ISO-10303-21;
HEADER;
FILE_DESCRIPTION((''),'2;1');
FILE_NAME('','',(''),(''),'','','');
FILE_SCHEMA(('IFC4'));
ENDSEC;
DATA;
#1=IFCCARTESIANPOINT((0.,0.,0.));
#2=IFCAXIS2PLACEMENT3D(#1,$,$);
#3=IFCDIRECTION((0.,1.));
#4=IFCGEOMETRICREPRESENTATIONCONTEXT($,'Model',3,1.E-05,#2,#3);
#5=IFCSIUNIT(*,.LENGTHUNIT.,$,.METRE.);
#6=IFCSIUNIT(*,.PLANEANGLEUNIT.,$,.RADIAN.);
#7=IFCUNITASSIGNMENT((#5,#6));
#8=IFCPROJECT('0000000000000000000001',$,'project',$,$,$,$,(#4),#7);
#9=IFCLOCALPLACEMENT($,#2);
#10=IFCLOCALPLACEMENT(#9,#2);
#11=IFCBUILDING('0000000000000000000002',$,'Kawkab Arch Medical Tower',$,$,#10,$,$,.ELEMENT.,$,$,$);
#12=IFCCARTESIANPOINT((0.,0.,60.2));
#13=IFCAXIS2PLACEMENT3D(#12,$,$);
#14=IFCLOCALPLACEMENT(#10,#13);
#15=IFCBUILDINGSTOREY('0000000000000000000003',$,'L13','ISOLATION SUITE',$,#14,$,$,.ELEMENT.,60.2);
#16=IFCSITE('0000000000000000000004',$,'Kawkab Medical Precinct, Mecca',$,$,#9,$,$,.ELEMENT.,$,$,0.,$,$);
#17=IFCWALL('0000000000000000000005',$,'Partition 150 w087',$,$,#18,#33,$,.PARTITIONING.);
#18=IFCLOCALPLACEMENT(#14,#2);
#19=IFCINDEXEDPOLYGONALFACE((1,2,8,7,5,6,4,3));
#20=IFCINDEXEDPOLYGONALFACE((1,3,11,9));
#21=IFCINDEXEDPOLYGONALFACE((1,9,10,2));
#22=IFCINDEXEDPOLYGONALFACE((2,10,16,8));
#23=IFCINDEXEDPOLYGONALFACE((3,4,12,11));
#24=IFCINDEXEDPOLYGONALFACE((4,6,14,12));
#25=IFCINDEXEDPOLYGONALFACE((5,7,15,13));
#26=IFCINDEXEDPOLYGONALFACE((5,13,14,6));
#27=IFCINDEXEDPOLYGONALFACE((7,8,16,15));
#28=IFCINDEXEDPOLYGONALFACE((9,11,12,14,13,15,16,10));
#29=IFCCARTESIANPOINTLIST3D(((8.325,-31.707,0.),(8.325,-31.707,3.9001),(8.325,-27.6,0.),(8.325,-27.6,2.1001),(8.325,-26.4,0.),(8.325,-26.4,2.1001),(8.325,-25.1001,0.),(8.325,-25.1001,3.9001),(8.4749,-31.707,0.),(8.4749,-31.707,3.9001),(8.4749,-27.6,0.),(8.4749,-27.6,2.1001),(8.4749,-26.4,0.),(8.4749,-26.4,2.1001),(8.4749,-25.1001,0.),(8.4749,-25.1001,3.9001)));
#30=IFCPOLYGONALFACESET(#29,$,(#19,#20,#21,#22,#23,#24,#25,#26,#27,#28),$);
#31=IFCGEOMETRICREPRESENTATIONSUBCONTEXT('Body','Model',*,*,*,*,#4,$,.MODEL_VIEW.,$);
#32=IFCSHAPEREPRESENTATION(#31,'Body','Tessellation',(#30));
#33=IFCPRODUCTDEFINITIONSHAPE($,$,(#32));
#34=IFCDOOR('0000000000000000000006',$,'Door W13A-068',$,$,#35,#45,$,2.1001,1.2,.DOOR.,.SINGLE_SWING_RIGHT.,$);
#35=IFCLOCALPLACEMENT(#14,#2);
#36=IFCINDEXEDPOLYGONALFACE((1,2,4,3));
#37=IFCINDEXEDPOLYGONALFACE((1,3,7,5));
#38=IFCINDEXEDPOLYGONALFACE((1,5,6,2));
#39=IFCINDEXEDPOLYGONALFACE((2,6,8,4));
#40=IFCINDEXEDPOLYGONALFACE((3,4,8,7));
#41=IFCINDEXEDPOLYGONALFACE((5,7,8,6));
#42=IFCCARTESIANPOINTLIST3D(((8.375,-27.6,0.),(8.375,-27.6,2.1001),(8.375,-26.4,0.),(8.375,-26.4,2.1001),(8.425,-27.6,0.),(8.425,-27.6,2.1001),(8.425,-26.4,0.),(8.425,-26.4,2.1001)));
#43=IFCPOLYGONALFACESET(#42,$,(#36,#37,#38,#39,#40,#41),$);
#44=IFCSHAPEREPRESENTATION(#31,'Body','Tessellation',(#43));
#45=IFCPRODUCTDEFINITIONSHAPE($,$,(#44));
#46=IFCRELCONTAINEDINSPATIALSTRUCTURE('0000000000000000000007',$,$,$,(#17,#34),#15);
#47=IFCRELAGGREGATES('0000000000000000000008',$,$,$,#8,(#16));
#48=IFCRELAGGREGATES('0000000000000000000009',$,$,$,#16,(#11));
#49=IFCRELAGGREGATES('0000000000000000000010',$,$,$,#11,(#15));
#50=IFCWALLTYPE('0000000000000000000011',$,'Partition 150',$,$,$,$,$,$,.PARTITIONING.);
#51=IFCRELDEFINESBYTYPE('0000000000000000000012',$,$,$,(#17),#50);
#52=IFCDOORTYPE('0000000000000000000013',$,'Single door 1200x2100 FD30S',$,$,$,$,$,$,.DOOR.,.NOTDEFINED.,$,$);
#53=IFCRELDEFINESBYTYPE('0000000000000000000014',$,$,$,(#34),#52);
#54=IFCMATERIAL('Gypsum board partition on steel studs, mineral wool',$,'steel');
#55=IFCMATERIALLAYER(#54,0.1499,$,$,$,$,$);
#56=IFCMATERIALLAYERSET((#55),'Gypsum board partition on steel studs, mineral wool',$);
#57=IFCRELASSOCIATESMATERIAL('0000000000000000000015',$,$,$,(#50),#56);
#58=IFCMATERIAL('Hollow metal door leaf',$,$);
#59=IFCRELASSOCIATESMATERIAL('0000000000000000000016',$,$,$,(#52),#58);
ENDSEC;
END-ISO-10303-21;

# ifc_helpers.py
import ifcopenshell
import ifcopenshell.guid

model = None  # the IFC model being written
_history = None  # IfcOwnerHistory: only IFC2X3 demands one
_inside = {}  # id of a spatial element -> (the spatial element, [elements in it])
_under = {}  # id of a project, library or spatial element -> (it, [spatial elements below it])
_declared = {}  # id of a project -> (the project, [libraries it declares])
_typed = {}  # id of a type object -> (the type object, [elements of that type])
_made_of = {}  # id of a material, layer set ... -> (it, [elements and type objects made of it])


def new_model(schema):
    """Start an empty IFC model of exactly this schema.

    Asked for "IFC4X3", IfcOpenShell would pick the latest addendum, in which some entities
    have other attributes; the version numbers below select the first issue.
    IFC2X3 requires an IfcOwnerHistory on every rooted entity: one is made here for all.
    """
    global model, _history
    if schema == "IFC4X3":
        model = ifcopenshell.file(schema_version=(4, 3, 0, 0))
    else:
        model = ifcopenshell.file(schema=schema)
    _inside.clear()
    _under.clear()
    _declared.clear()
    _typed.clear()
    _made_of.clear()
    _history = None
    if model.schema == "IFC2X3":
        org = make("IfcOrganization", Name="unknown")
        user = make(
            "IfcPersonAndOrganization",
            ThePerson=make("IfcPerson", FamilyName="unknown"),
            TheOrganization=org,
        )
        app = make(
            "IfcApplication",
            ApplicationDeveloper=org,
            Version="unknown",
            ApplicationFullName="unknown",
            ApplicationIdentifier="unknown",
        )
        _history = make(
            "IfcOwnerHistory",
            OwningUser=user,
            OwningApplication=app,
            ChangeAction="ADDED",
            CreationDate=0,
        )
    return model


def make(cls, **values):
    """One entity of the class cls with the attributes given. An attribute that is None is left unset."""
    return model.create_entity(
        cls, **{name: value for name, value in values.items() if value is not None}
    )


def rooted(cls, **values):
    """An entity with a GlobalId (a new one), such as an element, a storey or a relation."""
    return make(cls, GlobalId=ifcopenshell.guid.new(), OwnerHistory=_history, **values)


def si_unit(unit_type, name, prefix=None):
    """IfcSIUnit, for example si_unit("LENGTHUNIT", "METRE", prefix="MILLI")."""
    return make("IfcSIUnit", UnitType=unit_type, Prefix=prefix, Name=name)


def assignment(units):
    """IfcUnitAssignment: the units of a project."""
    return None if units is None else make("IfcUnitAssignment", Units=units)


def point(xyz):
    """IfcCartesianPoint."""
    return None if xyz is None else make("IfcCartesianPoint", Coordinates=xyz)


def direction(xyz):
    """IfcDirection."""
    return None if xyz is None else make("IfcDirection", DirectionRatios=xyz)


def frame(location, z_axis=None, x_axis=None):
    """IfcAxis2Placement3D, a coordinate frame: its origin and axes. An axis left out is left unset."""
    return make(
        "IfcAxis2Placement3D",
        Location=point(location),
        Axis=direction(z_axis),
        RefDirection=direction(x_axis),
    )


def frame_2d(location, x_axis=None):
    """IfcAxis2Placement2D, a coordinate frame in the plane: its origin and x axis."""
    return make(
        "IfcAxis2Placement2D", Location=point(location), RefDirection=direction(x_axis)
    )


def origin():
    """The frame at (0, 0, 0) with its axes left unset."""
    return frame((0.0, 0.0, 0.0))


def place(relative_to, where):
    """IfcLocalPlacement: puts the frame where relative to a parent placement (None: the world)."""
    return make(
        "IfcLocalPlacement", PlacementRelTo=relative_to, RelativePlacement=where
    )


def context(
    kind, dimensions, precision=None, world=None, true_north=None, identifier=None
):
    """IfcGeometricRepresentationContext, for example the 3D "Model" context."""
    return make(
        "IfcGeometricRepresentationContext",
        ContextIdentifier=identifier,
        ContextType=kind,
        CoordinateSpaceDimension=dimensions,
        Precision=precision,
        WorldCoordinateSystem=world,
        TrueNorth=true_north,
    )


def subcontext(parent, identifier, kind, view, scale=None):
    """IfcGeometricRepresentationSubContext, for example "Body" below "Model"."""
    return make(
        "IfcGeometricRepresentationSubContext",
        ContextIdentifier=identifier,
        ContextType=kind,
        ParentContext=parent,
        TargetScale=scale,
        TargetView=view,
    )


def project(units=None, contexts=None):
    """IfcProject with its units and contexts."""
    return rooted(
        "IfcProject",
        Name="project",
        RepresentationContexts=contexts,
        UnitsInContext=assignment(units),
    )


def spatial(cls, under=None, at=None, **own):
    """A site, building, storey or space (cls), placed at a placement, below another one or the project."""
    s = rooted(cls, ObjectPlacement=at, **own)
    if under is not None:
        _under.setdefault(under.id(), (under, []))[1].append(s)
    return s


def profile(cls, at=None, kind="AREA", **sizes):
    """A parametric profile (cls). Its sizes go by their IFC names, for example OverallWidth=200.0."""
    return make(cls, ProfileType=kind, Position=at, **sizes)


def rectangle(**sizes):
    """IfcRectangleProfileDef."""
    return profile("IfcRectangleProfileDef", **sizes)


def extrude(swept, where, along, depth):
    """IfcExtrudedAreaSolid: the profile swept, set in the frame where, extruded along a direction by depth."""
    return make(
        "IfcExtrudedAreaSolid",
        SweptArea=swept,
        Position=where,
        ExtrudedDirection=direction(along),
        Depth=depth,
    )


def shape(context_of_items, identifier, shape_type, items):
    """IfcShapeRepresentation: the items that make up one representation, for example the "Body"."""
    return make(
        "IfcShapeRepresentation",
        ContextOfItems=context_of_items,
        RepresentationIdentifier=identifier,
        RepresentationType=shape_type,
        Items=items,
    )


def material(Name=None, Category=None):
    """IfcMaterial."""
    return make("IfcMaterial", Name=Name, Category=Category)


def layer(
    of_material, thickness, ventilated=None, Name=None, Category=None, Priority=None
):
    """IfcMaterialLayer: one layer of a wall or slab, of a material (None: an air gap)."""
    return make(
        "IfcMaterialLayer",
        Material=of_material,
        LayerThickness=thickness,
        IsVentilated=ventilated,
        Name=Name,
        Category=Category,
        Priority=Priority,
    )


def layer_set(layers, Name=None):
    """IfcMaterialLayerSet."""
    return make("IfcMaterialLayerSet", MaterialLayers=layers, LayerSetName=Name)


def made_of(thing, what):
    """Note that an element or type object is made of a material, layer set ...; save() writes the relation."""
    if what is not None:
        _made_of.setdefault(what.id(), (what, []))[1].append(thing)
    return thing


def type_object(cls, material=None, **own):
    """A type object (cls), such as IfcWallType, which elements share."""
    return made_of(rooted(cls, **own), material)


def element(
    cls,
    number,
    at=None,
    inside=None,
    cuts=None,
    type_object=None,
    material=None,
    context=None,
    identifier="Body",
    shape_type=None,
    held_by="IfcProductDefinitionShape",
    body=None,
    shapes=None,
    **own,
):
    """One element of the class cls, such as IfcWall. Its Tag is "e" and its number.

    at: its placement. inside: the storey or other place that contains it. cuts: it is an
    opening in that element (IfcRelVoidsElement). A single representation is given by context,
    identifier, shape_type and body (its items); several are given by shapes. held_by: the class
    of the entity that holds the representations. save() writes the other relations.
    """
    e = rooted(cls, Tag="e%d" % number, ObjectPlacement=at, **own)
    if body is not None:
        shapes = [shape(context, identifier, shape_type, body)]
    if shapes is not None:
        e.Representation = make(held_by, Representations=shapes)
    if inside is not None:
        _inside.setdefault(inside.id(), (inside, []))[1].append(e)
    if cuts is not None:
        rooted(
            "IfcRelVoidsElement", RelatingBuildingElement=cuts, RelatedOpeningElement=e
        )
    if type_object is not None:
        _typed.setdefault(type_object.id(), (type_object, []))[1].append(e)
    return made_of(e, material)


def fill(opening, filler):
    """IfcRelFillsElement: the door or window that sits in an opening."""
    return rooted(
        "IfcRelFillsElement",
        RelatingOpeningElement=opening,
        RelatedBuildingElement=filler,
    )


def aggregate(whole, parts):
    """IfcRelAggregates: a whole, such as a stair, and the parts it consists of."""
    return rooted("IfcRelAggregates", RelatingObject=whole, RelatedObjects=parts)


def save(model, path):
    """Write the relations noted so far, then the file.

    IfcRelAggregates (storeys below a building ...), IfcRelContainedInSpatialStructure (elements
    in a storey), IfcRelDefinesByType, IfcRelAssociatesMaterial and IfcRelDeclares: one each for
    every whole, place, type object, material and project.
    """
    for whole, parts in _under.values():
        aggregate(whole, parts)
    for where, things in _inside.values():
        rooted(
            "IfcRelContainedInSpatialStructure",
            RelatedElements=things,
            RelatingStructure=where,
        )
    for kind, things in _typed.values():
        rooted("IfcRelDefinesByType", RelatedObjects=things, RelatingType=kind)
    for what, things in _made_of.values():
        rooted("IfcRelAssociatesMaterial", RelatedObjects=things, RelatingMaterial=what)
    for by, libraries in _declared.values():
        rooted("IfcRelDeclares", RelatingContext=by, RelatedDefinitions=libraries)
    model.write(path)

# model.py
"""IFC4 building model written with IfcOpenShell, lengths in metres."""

from ifc_helpers import new_model, si_unit, direction, frame, frame_2d, origin, place, context, subcontext, project, spatial, rectangle, extrude, material, layer, layer_set, type_object, element, fill, save


model = new_model("IFC4")

# Units and contexts
model_context = context("Model", 3, precision=1e-05, world=origin(), true_north=direction((0.0, 1.0)))
body_context = subcontext(model_context, "Body", "Model", "MODEL_VIEW")
ifc_project = project(units=[si_unit("LENGTHUNIT", "METRE"), si_unit("PLANEANGLEUNIT", "RADIAN")], contexts=[model_context])

# Site, building, storey
site_placement = place(None, origin())
site = spatial("IfcSite", under=ifc_project, at=site_placement, Name="Kawkab Medical Precinct, Mecca", CompositionType="ELEMENT", RefElevation=0.0)
building_placement = place(site_placement, origin())
building = spatial("IfcBuilding", under=site, at=building_placement, Name="Kawkab Arch Medical Tower", CompositionType="ELEMENT")
storey_placement = place(building_placement, frame((0.0, 0.0, 60.2)))
storey = spatial("IfcBuildingStorey", under=building, at=storey_placement, Name="L13", Description="ISOLATION SUITE", CompositionType="ELEMENT", Elevation=60.2)

# Shared definitions
ifc_material_1 = material(Name="Gypsum board partition on steel studs, mineral wool", Category="steel")
ifc_layer_1 = layer(ifc_material_1, 0.1499)
ifc_layer_set_1 = layer_set([ifc_layer_1], Name="Gypsum board partition on steel studs, mineral wool")
wall_type_1 = type_object("IfcWallType", Name="Partition 150", PredefinedType="PARTITIONING", material=ifc_layer_set_1)

# Wall, opening, door
wall_1_placement = place(storey_placement, frame((8.3999, -31.707, 0.0), z_axis=(0.0, 0.0, 1.0), x_axis=(0.0, 1.0, 0.0)))
wall_1 = element("IfcWall", 1, at=wall_1_placement, inside=storey, type_object=wall_type_1, Name="Partition 150 w087", PredefinedType="PARTITIONING", context=body_context, shape_type="SweptSolid", body=[
    extrude(rectangle(XDim=6.6069, YDim=0.1499, at=frame_2d((3.3035, 0.0))), origin(), (0.0, 0.0, 1.0), 3.9001),
])
opening_1_placement = place(wall_1_placement, frame((4.1069, 0.0, 0.0)))
opening_1 = element("IfcOpeningElement", 2, at=opening_1_placement, cuts=wall_1, PredefinedType="OPENING", context=body_context, shape_type="SweptSolid", body=[
    extrude(rectangle(XDim=1.2, YDim=2.1001, at=frame_2d((0.6001, 1.05))), frame((0.0, 0.085, 0.0), z_axis=(0.0, -1.0, 0.0), x_axis=(1.0, 0.0, 0.0)), (0.0, 0.0, 1.0), 0.1699),
])
ifc_material_2 = material(Name="Hollow metal door leaf")
door_type_1 = type_object("IfcDoorType", Name="Single door 1200x2100 FD30S", OperationType="NOTDEFINED", PredefinedType="DOOR", material=ifc_material_2)
door_1_placement = place(opening_1_placement, origin())
door_1 = element("IfcDoor", 3, at=door_1_placement, inside=storey, type_object=door_type_1, Name="Door W13A-068", OperationType="SINGLE_SWING_RIGHT", OverallHeight=2.1001, OverallWidth=1.2, PredefinedType="DOOR", context=body_context, shape_type="SweptSolid", body=[
    extrude(rectangle(XDim=1.2, YDim=2.1001, at=frame_2d((0.6001, 1.05))), frame((0.0, 0.0249, 0.0), z_axis=(0.0, -1.0, 0.0), x_axis=(1.0, 0.0, 0.0)), (0.0, 0.0, 1.0), 0.05),
])
fill(opening_1, door_1)

save(model, "model.ifc")
